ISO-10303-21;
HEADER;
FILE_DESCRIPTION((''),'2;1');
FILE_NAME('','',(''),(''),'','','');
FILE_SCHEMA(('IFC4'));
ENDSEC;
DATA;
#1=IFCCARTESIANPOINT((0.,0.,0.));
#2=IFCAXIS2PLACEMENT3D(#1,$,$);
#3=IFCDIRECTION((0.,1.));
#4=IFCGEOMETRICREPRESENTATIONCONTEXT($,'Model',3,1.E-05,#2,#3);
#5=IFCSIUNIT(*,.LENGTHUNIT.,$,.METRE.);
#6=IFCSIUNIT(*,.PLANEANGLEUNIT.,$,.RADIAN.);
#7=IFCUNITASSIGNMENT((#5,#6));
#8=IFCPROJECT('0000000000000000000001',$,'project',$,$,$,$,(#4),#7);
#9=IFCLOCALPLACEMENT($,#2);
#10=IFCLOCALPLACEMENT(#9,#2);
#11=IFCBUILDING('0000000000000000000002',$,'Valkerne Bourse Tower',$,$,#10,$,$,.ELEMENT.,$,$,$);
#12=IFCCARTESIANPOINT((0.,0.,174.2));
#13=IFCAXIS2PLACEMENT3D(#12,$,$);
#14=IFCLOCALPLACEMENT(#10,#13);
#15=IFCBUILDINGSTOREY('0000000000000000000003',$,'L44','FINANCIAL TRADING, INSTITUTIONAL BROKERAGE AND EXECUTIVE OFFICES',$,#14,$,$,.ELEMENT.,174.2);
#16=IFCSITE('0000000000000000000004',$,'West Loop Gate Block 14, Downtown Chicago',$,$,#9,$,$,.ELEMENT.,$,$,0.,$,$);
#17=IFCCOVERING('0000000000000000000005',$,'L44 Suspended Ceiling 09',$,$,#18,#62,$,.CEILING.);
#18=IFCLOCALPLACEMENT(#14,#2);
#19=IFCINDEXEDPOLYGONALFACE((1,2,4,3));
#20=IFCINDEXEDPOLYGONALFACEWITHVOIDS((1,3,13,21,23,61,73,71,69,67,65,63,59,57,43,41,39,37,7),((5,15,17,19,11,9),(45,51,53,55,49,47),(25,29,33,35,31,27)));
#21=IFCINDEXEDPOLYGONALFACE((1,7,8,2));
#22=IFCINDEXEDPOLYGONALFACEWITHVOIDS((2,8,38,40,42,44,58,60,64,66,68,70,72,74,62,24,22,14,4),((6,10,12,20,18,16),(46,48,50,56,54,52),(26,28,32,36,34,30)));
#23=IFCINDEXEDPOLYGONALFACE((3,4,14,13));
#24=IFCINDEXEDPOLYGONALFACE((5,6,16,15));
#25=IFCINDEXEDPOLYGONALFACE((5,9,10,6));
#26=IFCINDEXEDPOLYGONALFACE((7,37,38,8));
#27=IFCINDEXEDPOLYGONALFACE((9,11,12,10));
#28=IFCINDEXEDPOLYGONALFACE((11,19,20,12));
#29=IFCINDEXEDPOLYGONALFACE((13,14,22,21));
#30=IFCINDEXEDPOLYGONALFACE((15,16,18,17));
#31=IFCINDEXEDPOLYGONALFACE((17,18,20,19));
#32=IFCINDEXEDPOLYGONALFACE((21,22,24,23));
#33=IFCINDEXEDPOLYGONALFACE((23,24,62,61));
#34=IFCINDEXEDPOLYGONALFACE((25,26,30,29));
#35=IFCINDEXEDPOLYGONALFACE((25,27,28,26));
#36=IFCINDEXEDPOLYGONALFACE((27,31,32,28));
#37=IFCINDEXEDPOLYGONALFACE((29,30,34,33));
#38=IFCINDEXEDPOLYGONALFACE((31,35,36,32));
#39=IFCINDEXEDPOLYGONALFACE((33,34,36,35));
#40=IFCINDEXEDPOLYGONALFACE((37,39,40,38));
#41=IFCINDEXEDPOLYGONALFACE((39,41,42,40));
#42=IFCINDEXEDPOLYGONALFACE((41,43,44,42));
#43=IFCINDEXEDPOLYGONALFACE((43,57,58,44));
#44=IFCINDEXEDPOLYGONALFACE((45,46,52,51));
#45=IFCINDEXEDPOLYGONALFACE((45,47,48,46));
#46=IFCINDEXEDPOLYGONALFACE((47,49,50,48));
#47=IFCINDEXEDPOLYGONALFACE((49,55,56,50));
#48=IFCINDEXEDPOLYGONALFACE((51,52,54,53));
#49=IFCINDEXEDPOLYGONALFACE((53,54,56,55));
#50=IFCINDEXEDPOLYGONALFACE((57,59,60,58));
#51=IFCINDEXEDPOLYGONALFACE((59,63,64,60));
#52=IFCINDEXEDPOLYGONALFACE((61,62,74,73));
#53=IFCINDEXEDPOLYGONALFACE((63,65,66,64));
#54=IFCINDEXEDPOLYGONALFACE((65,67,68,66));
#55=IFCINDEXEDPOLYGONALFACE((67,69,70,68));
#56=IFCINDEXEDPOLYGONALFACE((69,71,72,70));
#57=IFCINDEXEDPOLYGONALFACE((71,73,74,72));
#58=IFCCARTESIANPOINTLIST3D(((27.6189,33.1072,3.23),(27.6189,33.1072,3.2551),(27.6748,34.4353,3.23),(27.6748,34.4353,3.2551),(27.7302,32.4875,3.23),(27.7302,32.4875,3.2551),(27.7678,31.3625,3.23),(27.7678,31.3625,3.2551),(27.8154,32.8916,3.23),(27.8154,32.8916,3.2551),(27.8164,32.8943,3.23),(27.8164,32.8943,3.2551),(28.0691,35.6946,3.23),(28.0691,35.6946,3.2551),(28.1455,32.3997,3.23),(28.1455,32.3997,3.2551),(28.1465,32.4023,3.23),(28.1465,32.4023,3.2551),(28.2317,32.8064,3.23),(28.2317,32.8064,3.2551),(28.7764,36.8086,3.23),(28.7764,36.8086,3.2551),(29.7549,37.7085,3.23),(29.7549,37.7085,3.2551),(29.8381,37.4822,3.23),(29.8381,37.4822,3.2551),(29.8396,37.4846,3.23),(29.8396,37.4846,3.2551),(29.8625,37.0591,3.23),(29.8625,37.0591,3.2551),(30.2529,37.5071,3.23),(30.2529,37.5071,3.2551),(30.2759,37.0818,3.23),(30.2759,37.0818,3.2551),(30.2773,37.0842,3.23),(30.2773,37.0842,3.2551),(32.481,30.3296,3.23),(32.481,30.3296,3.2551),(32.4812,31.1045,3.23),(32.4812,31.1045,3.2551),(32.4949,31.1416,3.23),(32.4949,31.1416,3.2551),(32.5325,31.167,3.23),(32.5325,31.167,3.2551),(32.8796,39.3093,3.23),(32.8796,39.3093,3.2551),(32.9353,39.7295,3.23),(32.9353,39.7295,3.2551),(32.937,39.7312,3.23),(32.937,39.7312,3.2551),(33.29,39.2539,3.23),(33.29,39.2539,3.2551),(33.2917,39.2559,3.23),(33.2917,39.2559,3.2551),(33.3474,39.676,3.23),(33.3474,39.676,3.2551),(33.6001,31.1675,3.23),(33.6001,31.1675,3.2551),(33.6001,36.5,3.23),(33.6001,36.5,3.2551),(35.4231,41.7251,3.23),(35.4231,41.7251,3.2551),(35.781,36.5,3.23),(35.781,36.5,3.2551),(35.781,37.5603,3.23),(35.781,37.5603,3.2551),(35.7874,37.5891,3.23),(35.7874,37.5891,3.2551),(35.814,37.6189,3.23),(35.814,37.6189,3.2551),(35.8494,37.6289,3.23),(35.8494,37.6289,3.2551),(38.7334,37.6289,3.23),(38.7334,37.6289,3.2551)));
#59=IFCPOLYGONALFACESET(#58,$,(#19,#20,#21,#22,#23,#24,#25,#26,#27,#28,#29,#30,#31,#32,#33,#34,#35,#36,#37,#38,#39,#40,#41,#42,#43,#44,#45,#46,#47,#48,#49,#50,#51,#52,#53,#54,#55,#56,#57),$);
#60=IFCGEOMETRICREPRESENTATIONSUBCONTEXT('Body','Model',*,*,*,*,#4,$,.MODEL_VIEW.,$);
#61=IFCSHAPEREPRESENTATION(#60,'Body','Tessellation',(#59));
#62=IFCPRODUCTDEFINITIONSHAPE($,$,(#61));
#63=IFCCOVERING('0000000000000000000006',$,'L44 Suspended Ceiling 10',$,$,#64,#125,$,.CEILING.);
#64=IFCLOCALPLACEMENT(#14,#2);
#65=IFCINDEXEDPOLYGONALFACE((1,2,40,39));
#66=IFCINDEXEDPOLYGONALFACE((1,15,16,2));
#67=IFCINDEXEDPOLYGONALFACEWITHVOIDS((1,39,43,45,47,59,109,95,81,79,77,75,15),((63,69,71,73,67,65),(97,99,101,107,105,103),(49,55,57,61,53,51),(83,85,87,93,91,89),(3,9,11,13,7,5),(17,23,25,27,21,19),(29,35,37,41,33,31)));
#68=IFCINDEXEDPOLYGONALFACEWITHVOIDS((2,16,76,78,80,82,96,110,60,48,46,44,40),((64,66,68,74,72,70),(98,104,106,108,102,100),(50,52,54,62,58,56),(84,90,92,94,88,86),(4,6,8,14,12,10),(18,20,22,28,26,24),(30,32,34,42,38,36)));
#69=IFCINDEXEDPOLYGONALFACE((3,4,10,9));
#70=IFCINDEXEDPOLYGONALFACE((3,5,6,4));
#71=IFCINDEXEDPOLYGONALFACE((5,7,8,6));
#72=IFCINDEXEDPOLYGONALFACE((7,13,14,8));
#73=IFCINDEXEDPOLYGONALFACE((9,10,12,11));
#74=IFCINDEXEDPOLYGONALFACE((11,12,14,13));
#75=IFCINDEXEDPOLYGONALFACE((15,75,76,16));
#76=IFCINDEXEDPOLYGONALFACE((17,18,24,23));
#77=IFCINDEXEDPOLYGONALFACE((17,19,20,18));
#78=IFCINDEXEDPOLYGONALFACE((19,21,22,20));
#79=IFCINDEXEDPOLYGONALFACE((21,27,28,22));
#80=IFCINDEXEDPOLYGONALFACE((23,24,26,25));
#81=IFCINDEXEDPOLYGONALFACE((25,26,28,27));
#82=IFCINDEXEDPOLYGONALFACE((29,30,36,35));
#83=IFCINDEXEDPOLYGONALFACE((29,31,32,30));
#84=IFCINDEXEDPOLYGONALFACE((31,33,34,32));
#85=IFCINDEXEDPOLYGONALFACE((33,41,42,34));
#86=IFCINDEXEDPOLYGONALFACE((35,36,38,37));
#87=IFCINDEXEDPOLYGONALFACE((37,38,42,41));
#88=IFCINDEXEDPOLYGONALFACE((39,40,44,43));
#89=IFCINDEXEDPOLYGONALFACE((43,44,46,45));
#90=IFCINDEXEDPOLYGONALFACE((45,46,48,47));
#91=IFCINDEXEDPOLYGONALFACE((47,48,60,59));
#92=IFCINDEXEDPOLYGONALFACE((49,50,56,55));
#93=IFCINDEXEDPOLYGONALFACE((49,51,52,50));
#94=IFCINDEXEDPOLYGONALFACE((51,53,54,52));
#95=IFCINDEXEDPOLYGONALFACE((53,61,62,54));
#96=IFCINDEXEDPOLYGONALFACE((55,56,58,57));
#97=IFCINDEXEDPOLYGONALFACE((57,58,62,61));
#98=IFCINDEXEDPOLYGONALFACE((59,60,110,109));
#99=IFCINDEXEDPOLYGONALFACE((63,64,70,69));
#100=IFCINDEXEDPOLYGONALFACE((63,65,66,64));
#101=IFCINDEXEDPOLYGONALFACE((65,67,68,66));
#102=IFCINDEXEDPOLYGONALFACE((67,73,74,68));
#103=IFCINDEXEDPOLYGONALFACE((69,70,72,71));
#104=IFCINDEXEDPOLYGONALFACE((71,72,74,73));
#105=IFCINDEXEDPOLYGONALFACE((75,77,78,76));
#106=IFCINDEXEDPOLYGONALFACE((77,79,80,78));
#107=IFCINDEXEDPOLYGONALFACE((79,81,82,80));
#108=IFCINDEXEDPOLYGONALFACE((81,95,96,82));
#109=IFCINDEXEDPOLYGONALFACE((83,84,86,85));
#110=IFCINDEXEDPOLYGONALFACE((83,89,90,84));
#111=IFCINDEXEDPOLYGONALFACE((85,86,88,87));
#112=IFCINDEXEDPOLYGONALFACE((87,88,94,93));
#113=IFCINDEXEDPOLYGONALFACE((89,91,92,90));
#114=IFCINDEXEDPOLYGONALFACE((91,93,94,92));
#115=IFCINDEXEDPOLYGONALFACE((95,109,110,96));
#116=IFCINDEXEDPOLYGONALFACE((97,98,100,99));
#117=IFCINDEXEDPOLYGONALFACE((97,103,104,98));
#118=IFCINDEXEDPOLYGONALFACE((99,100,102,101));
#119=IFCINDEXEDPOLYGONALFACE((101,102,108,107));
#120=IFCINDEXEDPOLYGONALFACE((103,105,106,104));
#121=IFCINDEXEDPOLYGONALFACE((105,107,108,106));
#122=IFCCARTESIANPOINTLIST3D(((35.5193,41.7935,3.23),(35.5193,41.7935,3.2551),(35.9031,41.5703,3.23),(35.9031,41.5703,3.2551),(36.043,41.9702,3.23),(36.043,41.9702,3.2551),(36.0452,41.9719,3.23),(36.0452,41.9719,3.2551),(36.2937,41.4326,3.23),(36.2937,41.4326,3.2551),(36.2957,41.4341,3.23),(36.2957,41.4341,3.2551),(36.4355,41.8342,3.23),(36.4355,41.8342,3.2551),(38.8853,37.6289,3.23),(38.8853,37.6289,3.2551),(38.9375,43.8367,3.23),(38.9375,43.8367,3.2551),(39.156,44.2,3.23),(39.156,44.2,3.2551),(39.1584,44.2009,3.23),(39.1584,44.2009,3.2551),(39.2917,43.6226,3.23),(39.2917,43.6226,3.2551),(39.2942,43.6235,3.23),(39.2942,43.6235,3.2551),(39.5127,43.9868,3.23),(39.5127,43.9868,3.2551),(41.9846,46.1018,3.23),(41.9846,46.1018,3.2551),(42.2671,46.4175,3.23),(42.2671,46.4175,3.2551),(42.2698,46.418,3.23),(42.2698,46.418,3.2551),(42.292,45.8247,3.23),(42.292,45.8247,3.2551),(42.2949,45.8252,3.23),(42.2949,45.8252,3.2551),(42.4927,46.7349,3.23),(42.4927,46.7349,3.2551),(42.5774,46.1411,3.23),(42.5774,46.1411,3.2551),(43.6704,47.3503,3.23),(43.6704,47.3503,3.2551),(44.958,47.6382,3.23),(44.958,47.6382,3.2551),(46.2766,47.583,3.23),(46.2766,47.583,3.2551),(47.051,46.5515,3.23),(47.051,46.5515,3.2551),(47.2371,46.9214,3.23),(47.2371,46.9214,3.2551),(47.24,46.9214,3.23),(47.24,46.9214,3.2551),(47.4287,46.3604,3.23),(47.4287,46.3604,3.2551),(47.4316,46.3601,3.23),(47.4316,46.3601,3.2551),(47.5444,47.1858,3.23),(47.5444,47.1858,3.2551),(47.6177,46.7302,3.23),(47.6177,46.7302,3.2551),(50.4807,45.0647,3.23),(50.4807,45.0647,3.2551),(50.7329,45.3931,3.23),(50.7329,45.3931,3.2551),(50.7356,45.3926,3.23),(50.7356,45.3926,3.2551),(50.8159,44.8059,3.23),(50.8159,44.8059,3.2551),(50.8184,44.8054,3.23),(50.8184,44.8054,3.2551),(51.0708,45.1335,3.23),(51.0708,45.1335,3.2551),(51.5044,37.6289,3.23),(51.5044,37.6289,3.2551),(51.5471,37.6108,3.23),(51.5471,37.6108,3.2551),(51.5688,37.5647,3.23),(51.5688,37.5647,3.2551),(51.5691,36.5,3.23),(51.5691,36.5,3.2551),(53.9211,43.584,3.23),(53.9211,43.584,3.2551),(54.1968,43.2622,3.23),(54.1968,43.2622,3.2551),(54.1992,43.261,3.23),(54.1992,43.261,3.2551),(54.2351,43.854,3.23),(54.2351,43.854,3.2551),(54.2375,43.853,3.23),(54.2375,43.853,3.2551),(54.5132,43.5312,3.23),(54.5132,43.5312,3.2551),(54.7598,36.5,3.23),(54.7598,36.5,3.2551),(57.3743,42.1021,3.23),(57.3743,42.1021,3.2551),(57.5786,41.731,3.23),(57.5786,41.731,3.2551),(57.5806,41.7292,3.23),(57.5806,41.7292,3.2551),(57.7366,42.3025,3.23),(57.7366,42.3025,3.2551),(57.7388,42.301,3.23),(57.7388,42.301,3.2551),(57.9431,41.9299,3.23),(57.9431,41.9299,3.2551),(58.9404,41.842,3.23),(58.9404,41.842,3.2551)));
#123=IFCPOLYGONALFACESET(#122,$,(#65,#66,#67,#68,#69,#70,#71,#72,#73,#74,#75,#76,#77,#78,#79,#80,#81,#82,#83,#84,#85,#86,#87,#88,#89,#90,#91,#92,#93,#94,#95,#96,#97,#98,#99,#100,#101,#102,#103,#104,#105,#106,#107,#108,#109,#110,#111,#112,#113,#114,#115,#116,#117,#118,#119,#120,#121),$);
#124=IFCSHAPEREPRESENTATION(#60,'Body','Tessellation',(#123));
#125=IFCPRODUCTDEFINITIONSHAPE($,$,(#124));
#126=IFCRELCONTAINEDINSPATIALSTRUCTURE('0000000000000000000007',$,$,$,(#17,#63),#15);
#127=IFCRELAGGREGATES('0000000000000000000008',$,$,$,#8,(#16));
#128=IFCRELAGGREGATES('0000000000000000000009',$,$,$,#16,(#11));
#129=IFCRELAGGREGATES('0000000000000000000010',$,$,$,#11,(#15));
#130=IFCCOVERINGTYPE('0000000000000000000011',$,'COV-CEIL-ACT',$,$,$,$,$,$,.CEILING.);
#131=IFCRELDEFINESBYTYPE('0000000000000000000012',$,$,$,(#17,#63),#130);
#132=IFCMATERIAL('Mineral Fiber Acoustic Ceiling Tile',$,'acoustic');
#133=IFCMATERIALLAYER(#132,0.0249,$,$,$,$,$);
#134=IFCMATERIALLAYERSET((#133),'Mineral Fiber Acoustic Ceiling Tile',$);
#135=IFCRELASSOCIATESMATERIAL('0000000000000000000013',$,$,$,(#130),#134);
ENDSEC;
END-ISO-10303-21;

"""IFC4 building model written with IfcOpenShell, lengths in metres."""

from ifc_helpers import new_model, si_unit, direction, frame, origin, place, context, subcontext, project, spatial, polyline, outline, extrude, material, layer, layer_set, type_object, element, save


model = new_model("IFC4")

# Units and contexts
model_context = context("Model", 3, precision=1e-05, world=origin(), true_north=direction((0.0, 1.0)))
body_context = subcontext(model_context, "Body", "Model", "MODEL_VIEW")
ifc_project = project(units=[si_unit("LENGTHUNIT", "METRE"), si_unit("PLANEANGLEUNIT", "RADIAN")], contexts=[model_context])

# Site, building, storey
site_placement = place(None, origin())
site = spatial("IfcSite", under=ifc_project, at=site_placement, Name="West Loop Gate Block 14, Downtown Chicago", CompositionType="ELEMENT", RefElevation=0.0)
building_placement = place(site_placement, origin())
building = spatial("IfcBuilding", under=site, at=building_placement, Name="Valkerne Bourse Tower", CompositionType="ELEMENT")
storey_placement = place(building_placement, frame((0.0, 0.0, 174.2)))
storey = spatial("IfcBuildingStorey", under=building, at=storey_placement, Name="L44", Description="FINANCIAL TRADING, INSTITUTIONAL BROKERAGE AND EXECUTIVE OFFICES", CompositionType="ELEMENT", Elevation=174.2)

# Coverings
ifc_material_1 = material(Name="Mineral Fiber Acoustic Ceiling Tile", Category="acoustic")
ifc_layer_1 = layer(ifc_material_1, 0.0249)
ifc_layer_set_1 = layer_set([ifc_layer_1], Name="Mineral Fiber Acoustic Ceiling Tile")
covering_type_1 = type_object("IfcCoveringType", Name="COV-CEIL-ACT", PredefinedType="CEILING", material=ifc_layer_set_1)
covering_1_placement = place(storey_placement, frame((0.0, 0.0, 3.23)))
element("IfcCovering", 1, at=covering_1_placement, inside=storey, type_object=covering_type_1, Name="L44 Suspended Ceiling 09", PredefinedType="CEILING", context=body_context, shape_type="SweptSolid", body=[
    extrude(outline(polyline([(28.0691, 35.6946), (28.7764, 36.8086), (29.7549, 37.7085), (35.4231, 41.7251), (38.7334, 37.6289), (35.8494, 37.6289), (35.814, 37.6189), (35.7874, 37.5891), (35.781, 37.5603), (35.781, 36.5), (33.6001, 36.5), (33.6001, 31.1675), (32.5325, 31.167), (32.4949, 31.1416), (32.4812, 31.1045), (32.481, 30.3296), (27.7678, 31.3625), (27.6189, 33.1072), (27.6748, 34.4353), (28.0691, 35.6946)]), holes=[polyline([(28.2317, 32.8064), (27.8164, 32.8943), (27.8154, 32.8916), (27.7302, 32.4875), (28.1455, 32.3997), (28.1465, 32.4023), (28.2317, 32.8064)]), polyline([(30.2773, 37.0842), (30.2529, 37.5071), (29.8396, 37.4846), (29.8381, 37.4822), (29.8625, 37.0591), (30.2759, 37.0818), (30.2773, 37.0842)]), polyline([(33.3474, 39.676), (32.937, 39.7312), (32.9353, 39.7295), (32.8796, 39.3093), (33.29, 39.2539), (33.2917, 39.2559), (33.3474, 39.676)])]), origin(), (0.0, 0.0, 1.0), 0.0251),
])
covering_2_placement = place(storey_placement, frame((0.0, 0.0, 3.23)))
element("IfcCovering", 2, at=covering_2_placement, inside=storey, type_object=covering_type_1, Name="L44 Suspended Ceiling 10", PredefinedType="CEILING", context=body_context, shape_type="SweptSolid", body=[
    extrude(outline(polyline([(44.958, 47.6382), (46.2766, 47.583), (47.5444, 47.1858), (58.9404, 41.842), (54.7598, 36.5), (51.5691, 36.5), (51.5688, 37.5647), (51.5471, 37.6108), (51.5044, 37.6289), (38.8853, 37.6289), (35.5193, 41.7935), (42.4927, 46.7349), (43.6704, 47.3503), (44.958, 47.6382)]), holes=[polyline([(36.2957, 41.4341), (36.4355, 41.8342), (36.0452, 41.9719), (36.043, 41.9702), (35.9031, 41.5703), (36.2937, 41.4326), (36.2957, 41.4341)]), polyline([(54.5132, 43.5312), (54.2375, 43.853), (54.2351, 43.854), (53.9211, 43.584), (54.1968, 43.2622), (54.1992, 43.261), (54.5132, 43.5312)]), polyline([(39.2942, 43.6235), (39.5127, 43.9868), (39.1584, 44.2009), (39.156, 44.2), (38.9375, 43.8367), (39.2917, 43.6226), (39.2942, 43.6235)]), polyline([(50.7356, 45.3926), (50.7329, 45.3931), (50.4807, 45.0647), (50.8159, 44.8059), (50.8184, 44.8054), (51.0708, 45.1335), (50.7356, 45.3926)]), polyline([(42.5774, 46.1411), (42.2698, 46.418), (42.2671, 46.4175), (41.9846, 46.1018), (42.292, 45.8247), (42.2949, 45.8252), (42.5774, 46.1411)]), polyline([(47.24, 46.9214), (47.2371, 46.9214), (47.051, 46.5515), (47.4287, 46.3604), (47.4316, 46.3601), (47.6177, 46.7302), (47.24, 46.9214)]), polyline([(57.9431, 41.9299), (57.7388, 42.301), (57.7366, 42.3025), (57.3743, 42.1021), (57.5786, 41.731), (57.5806, 41.7292), (57.9431, 41.9299)])]), origin(), (0.0, 0.0, 1.0), 0.0251),
])

save(model, "model.ifc")
